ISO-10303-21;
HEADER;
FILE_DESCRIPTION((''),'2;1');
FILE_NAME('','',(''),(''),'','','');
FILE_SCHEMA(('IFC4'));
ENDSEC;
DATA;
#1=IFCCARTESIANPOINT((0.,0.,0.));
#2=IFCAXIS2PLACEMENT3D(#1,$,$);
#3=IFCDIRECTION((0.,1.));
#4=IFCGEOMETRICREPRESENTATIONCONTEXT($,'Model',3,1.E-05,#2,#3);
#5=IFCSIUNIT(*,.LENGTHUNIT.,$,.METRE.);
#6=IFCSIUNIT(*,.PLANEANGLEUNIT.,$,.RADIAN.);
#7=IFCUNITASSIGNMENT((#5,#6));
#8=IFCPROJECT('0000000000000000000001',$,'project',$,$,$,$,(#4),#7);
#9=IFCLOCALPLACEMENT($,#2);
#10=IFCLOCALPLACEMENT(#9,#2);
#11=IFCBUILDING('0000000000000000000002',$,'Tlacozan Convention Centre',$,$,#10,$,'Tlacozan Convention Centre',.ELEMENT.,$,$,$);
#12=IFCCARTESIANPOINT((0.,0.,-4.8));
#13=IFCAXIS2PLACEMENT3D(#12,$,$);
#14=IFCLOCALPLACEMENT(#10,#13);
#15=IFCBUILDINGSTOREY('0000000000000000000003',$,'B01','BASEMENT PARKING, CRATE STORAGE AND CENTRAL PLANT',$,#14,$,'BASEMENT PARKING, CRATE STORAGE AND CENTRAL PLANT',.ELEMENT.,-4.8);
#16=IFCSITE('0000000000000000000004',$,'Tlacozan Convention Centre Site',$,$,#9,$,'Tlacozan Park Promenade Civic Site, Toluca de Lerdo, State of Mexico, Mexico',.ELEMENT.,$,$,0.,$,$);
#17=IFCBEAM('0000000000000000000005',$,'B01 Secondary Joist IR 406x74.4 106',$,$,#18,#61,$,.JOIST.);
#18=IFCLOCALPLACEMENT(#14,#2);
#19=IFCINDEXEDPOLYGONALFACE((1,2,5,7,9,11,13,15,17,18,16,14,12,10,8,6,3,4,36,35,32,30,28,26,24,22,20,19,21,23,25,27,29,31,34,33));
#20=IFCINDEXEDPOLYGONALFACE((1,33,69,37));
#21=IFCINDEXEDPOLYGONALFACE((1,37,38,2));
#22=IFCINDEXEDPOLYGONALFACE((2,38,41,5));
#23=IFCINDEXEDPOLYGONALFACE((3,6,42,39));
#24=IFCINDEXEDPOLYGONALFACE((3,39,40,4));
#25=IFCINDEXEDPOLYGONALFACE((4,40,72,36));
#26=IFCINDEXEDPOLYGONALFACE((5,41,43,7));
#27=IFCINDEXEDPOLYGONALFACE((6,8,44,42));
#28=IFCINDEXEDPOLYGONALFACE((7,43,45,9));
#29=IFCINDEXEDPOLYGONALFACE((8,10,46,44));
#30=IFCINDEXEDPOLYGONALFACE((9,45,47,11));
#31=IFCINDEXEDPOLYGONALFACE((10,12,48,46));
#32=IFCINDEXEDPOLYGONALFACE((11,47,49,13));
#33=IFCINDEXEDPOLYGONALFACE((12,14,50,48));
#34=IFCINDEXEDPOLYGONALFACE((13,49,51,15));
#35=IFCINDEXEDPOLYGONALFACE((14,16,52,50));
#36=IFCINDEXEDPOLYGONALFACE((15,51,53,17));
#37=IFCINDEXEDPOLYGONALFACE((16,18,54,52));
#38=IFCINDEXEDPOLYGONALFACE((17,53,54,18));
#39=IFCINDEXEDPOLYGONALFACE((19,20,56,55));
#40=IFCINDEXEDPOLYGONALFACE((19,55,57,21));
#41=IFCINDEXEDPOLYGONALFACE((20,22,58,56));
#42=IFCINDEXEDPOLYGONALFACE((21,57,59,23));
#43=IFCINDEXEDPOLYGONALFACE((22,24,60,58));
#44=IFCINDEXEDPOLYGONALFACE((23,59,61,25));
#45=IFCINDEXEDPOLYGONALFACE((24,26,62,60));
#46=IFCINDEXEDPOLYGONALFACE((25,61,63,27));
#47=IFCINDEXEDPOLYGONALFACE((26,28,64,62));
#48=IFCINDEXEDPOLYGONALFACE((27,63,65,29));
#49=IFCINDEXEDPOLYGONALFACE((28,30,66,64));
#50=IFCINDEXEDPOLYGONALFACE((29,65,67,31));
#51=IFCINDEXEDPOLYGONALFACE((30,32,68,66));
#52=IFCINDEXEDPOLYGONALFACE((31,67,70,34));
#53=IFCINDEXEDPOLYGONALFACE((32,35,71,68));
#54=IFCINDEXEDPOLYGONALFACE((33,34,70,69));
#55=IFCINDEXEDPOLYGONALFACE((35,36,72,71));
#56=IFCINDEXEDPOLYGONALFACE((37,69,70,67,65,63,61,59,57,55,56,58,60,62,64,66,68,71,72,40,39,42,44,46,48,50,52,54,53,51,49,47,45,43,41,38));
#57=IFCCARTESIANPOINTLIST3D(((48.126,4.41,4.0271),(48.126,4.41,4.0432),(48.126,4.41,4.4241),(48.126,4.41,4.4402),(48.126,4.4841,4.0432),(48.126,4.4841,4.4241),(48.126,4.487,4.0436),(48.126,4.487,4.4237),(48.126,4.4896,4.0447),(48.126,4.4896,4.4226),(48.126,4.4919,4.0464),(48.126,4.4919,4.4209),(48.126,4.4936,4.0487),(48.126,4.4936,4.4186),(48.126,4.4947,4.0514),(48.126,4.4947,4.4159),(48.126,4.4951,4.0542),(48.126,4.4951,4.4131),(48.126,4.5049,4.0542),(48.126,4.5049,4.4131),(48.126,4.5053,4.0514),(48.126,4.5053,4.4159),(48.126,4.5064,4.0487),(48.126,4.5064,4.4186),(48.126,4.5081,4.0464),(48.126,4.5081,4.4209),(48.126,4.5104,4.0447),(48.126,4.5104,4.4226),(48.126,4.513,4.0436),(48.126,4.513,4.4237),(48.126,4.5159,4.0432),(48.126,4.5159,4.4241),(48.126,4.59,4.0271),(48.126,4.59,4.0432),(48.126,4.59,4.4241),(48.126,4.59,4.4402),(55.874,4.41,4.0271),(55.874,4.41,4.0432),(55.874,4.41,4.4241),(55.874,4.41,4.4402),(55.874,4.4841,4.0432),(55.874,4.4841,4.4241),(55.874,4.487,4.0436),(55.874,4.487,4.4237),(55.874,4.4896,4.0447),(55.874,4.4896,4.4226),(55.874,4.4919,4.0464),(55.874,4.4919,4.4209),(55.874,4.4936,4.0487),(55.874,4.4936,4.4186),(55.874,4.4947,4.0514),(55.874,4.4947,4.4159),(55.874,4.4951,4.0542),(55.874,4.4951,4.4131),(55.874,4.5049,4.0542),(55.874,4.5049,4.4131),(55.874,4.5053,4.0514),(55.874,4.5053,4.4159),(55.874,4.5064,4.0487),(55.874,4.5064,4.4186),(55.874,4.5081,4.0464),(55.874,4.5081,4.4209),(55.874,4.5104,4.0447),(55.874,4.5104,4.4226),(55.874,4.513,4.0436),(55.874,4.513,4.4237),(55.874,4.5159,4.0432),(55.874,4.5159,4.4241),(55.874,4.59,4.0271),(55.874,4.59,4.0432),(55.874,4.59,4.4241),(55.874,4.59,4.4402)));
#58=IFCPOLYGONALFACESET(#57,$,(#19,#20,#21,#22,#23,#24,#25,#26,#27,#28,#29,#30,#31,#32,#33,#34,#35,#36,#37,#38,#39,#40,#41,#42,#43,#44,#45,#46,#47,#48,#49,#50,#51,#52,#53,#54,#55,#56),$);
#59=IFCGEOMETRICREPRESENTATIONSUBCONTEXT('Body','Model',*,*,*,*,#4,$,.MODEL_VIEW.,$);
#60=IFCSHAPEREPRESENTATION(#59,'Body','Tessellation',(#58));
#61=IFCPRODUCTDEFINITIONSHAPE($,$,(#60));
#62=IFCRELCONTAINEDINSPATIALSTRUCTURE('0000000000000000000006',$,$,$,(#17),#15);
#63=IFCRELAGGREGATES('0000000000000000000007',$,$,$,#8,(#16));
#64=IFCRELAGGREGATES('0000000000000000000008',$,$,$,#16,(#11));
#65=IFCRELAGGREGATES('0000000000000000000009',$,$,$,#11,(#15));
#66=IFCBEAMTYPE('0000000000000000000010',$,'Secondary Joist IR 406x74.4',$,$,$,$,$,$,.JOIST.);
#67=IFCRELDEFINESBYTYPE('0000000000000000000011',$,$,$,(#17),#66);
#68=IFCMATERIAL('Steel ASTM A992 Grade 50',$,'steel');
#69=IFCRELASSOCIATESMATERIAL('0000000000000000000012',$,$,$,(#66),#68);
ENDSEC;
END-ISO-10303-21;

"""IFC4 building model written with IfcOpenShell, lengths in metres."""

from ifc_helpers import new_model, si_unit, direction, frame, origin, origin_2d, place, context, subcontext, project, spatial, i_section, extrude, material, material_profile, profile_set, type_object, element, save


model = new_model("IFC4")

# Units and contexts
model_context = context("Model", 3, precision=1e-05, world=origin(), true_north=direction((0.0, 1.0)))
body_context = subcontext(model_context, "Body", "Model", "MODEL_VIEW")
ifc_project = project(units=[si_unit("LENGTHUNIT", "METRE"), si_unit("PLANEANGLEUNIT", "RADIAN")], contexts=[model_context])

# Site, building, storey
site_placement = place(None, origin())
site = spatial("IfcSite", under=ifc_project, at=site_placement, Name="Tlacozan Convention Centre Site", LongName="Tlacozan Park Promenade Civic Site, Toluca de Lerdo, State of Mexico, Mexico", CompositionType="ELEMENT", RefElevation=0.0)
building_placement = place(site_placement, origin())
building = spatial("IfcBuilding", under=site, at=building_placement, Name="Tlacozan Convention Centre", LongName="Tlacozan Convention Centre", CompositionType="ELEMENT")
storey_placement = place(building_placement, frame((0.0, 0.0, -4.8)))
storey = spatial("IfcBuildingStorey", under=building, at=storey_placement, Name="B01", Description="BASEMENT PARKING, CRATE STORAGE AND CENTRAL PLANT", LongName="BASEMENT PARKING, CRATE STORAGE AND CENTRAL PLANT", CompositionType="ELEMENT", Elevation=-4.8)

# Beam
ifc_material_1 = material(Name="Steel ASTM A992 Grade 50", Category="steel")
ifc_material_profile_1 = material_profile(ifc_material_1, i_section(OverallWidth=0.1799, OverallDepth=0.4131, WebThickness=0.0098, FlangeThickness=0.0161, FilletRadius=0.011, at=origin_2d()), Name="IR 406x74.4")
ifc_profile_set_1 = profile_set([ifc_material_profile_1], Name="Steel ASTM A992 Grade 50")
beam_type_1 = type_object("IfcBeamType", Name="Secondary Joist IR 406x74.4", PredefinedType="JOIST", material=ifc_profile_set_1)
beam_placement = place(storey_placement, frame((48.126, 4.5, 4.2336), z_axis=(1.0, 0.0, 0.0), x_axis=(0.0, 1.0, 0.0)))
element("IfcBeam", 1, at=beam_placement, inside=storey, type_object=beam_type_1, Name="B01 Secondary Joist IR 406x74.4 106", PredefinedType="JOIST", context=body_context, shape_type="SweptSolid", body=[
    extrude(i_section(OverallWidth=0.1799, OverallDepth=0.4131, WebThickness=0.0098, FlangeThickness=0.0161, FilletRadius=0.011, at=origin_2d()), origin(), (0.0, 0.0, 1.0), 7.748),
])

save(model, "model.ifc")
